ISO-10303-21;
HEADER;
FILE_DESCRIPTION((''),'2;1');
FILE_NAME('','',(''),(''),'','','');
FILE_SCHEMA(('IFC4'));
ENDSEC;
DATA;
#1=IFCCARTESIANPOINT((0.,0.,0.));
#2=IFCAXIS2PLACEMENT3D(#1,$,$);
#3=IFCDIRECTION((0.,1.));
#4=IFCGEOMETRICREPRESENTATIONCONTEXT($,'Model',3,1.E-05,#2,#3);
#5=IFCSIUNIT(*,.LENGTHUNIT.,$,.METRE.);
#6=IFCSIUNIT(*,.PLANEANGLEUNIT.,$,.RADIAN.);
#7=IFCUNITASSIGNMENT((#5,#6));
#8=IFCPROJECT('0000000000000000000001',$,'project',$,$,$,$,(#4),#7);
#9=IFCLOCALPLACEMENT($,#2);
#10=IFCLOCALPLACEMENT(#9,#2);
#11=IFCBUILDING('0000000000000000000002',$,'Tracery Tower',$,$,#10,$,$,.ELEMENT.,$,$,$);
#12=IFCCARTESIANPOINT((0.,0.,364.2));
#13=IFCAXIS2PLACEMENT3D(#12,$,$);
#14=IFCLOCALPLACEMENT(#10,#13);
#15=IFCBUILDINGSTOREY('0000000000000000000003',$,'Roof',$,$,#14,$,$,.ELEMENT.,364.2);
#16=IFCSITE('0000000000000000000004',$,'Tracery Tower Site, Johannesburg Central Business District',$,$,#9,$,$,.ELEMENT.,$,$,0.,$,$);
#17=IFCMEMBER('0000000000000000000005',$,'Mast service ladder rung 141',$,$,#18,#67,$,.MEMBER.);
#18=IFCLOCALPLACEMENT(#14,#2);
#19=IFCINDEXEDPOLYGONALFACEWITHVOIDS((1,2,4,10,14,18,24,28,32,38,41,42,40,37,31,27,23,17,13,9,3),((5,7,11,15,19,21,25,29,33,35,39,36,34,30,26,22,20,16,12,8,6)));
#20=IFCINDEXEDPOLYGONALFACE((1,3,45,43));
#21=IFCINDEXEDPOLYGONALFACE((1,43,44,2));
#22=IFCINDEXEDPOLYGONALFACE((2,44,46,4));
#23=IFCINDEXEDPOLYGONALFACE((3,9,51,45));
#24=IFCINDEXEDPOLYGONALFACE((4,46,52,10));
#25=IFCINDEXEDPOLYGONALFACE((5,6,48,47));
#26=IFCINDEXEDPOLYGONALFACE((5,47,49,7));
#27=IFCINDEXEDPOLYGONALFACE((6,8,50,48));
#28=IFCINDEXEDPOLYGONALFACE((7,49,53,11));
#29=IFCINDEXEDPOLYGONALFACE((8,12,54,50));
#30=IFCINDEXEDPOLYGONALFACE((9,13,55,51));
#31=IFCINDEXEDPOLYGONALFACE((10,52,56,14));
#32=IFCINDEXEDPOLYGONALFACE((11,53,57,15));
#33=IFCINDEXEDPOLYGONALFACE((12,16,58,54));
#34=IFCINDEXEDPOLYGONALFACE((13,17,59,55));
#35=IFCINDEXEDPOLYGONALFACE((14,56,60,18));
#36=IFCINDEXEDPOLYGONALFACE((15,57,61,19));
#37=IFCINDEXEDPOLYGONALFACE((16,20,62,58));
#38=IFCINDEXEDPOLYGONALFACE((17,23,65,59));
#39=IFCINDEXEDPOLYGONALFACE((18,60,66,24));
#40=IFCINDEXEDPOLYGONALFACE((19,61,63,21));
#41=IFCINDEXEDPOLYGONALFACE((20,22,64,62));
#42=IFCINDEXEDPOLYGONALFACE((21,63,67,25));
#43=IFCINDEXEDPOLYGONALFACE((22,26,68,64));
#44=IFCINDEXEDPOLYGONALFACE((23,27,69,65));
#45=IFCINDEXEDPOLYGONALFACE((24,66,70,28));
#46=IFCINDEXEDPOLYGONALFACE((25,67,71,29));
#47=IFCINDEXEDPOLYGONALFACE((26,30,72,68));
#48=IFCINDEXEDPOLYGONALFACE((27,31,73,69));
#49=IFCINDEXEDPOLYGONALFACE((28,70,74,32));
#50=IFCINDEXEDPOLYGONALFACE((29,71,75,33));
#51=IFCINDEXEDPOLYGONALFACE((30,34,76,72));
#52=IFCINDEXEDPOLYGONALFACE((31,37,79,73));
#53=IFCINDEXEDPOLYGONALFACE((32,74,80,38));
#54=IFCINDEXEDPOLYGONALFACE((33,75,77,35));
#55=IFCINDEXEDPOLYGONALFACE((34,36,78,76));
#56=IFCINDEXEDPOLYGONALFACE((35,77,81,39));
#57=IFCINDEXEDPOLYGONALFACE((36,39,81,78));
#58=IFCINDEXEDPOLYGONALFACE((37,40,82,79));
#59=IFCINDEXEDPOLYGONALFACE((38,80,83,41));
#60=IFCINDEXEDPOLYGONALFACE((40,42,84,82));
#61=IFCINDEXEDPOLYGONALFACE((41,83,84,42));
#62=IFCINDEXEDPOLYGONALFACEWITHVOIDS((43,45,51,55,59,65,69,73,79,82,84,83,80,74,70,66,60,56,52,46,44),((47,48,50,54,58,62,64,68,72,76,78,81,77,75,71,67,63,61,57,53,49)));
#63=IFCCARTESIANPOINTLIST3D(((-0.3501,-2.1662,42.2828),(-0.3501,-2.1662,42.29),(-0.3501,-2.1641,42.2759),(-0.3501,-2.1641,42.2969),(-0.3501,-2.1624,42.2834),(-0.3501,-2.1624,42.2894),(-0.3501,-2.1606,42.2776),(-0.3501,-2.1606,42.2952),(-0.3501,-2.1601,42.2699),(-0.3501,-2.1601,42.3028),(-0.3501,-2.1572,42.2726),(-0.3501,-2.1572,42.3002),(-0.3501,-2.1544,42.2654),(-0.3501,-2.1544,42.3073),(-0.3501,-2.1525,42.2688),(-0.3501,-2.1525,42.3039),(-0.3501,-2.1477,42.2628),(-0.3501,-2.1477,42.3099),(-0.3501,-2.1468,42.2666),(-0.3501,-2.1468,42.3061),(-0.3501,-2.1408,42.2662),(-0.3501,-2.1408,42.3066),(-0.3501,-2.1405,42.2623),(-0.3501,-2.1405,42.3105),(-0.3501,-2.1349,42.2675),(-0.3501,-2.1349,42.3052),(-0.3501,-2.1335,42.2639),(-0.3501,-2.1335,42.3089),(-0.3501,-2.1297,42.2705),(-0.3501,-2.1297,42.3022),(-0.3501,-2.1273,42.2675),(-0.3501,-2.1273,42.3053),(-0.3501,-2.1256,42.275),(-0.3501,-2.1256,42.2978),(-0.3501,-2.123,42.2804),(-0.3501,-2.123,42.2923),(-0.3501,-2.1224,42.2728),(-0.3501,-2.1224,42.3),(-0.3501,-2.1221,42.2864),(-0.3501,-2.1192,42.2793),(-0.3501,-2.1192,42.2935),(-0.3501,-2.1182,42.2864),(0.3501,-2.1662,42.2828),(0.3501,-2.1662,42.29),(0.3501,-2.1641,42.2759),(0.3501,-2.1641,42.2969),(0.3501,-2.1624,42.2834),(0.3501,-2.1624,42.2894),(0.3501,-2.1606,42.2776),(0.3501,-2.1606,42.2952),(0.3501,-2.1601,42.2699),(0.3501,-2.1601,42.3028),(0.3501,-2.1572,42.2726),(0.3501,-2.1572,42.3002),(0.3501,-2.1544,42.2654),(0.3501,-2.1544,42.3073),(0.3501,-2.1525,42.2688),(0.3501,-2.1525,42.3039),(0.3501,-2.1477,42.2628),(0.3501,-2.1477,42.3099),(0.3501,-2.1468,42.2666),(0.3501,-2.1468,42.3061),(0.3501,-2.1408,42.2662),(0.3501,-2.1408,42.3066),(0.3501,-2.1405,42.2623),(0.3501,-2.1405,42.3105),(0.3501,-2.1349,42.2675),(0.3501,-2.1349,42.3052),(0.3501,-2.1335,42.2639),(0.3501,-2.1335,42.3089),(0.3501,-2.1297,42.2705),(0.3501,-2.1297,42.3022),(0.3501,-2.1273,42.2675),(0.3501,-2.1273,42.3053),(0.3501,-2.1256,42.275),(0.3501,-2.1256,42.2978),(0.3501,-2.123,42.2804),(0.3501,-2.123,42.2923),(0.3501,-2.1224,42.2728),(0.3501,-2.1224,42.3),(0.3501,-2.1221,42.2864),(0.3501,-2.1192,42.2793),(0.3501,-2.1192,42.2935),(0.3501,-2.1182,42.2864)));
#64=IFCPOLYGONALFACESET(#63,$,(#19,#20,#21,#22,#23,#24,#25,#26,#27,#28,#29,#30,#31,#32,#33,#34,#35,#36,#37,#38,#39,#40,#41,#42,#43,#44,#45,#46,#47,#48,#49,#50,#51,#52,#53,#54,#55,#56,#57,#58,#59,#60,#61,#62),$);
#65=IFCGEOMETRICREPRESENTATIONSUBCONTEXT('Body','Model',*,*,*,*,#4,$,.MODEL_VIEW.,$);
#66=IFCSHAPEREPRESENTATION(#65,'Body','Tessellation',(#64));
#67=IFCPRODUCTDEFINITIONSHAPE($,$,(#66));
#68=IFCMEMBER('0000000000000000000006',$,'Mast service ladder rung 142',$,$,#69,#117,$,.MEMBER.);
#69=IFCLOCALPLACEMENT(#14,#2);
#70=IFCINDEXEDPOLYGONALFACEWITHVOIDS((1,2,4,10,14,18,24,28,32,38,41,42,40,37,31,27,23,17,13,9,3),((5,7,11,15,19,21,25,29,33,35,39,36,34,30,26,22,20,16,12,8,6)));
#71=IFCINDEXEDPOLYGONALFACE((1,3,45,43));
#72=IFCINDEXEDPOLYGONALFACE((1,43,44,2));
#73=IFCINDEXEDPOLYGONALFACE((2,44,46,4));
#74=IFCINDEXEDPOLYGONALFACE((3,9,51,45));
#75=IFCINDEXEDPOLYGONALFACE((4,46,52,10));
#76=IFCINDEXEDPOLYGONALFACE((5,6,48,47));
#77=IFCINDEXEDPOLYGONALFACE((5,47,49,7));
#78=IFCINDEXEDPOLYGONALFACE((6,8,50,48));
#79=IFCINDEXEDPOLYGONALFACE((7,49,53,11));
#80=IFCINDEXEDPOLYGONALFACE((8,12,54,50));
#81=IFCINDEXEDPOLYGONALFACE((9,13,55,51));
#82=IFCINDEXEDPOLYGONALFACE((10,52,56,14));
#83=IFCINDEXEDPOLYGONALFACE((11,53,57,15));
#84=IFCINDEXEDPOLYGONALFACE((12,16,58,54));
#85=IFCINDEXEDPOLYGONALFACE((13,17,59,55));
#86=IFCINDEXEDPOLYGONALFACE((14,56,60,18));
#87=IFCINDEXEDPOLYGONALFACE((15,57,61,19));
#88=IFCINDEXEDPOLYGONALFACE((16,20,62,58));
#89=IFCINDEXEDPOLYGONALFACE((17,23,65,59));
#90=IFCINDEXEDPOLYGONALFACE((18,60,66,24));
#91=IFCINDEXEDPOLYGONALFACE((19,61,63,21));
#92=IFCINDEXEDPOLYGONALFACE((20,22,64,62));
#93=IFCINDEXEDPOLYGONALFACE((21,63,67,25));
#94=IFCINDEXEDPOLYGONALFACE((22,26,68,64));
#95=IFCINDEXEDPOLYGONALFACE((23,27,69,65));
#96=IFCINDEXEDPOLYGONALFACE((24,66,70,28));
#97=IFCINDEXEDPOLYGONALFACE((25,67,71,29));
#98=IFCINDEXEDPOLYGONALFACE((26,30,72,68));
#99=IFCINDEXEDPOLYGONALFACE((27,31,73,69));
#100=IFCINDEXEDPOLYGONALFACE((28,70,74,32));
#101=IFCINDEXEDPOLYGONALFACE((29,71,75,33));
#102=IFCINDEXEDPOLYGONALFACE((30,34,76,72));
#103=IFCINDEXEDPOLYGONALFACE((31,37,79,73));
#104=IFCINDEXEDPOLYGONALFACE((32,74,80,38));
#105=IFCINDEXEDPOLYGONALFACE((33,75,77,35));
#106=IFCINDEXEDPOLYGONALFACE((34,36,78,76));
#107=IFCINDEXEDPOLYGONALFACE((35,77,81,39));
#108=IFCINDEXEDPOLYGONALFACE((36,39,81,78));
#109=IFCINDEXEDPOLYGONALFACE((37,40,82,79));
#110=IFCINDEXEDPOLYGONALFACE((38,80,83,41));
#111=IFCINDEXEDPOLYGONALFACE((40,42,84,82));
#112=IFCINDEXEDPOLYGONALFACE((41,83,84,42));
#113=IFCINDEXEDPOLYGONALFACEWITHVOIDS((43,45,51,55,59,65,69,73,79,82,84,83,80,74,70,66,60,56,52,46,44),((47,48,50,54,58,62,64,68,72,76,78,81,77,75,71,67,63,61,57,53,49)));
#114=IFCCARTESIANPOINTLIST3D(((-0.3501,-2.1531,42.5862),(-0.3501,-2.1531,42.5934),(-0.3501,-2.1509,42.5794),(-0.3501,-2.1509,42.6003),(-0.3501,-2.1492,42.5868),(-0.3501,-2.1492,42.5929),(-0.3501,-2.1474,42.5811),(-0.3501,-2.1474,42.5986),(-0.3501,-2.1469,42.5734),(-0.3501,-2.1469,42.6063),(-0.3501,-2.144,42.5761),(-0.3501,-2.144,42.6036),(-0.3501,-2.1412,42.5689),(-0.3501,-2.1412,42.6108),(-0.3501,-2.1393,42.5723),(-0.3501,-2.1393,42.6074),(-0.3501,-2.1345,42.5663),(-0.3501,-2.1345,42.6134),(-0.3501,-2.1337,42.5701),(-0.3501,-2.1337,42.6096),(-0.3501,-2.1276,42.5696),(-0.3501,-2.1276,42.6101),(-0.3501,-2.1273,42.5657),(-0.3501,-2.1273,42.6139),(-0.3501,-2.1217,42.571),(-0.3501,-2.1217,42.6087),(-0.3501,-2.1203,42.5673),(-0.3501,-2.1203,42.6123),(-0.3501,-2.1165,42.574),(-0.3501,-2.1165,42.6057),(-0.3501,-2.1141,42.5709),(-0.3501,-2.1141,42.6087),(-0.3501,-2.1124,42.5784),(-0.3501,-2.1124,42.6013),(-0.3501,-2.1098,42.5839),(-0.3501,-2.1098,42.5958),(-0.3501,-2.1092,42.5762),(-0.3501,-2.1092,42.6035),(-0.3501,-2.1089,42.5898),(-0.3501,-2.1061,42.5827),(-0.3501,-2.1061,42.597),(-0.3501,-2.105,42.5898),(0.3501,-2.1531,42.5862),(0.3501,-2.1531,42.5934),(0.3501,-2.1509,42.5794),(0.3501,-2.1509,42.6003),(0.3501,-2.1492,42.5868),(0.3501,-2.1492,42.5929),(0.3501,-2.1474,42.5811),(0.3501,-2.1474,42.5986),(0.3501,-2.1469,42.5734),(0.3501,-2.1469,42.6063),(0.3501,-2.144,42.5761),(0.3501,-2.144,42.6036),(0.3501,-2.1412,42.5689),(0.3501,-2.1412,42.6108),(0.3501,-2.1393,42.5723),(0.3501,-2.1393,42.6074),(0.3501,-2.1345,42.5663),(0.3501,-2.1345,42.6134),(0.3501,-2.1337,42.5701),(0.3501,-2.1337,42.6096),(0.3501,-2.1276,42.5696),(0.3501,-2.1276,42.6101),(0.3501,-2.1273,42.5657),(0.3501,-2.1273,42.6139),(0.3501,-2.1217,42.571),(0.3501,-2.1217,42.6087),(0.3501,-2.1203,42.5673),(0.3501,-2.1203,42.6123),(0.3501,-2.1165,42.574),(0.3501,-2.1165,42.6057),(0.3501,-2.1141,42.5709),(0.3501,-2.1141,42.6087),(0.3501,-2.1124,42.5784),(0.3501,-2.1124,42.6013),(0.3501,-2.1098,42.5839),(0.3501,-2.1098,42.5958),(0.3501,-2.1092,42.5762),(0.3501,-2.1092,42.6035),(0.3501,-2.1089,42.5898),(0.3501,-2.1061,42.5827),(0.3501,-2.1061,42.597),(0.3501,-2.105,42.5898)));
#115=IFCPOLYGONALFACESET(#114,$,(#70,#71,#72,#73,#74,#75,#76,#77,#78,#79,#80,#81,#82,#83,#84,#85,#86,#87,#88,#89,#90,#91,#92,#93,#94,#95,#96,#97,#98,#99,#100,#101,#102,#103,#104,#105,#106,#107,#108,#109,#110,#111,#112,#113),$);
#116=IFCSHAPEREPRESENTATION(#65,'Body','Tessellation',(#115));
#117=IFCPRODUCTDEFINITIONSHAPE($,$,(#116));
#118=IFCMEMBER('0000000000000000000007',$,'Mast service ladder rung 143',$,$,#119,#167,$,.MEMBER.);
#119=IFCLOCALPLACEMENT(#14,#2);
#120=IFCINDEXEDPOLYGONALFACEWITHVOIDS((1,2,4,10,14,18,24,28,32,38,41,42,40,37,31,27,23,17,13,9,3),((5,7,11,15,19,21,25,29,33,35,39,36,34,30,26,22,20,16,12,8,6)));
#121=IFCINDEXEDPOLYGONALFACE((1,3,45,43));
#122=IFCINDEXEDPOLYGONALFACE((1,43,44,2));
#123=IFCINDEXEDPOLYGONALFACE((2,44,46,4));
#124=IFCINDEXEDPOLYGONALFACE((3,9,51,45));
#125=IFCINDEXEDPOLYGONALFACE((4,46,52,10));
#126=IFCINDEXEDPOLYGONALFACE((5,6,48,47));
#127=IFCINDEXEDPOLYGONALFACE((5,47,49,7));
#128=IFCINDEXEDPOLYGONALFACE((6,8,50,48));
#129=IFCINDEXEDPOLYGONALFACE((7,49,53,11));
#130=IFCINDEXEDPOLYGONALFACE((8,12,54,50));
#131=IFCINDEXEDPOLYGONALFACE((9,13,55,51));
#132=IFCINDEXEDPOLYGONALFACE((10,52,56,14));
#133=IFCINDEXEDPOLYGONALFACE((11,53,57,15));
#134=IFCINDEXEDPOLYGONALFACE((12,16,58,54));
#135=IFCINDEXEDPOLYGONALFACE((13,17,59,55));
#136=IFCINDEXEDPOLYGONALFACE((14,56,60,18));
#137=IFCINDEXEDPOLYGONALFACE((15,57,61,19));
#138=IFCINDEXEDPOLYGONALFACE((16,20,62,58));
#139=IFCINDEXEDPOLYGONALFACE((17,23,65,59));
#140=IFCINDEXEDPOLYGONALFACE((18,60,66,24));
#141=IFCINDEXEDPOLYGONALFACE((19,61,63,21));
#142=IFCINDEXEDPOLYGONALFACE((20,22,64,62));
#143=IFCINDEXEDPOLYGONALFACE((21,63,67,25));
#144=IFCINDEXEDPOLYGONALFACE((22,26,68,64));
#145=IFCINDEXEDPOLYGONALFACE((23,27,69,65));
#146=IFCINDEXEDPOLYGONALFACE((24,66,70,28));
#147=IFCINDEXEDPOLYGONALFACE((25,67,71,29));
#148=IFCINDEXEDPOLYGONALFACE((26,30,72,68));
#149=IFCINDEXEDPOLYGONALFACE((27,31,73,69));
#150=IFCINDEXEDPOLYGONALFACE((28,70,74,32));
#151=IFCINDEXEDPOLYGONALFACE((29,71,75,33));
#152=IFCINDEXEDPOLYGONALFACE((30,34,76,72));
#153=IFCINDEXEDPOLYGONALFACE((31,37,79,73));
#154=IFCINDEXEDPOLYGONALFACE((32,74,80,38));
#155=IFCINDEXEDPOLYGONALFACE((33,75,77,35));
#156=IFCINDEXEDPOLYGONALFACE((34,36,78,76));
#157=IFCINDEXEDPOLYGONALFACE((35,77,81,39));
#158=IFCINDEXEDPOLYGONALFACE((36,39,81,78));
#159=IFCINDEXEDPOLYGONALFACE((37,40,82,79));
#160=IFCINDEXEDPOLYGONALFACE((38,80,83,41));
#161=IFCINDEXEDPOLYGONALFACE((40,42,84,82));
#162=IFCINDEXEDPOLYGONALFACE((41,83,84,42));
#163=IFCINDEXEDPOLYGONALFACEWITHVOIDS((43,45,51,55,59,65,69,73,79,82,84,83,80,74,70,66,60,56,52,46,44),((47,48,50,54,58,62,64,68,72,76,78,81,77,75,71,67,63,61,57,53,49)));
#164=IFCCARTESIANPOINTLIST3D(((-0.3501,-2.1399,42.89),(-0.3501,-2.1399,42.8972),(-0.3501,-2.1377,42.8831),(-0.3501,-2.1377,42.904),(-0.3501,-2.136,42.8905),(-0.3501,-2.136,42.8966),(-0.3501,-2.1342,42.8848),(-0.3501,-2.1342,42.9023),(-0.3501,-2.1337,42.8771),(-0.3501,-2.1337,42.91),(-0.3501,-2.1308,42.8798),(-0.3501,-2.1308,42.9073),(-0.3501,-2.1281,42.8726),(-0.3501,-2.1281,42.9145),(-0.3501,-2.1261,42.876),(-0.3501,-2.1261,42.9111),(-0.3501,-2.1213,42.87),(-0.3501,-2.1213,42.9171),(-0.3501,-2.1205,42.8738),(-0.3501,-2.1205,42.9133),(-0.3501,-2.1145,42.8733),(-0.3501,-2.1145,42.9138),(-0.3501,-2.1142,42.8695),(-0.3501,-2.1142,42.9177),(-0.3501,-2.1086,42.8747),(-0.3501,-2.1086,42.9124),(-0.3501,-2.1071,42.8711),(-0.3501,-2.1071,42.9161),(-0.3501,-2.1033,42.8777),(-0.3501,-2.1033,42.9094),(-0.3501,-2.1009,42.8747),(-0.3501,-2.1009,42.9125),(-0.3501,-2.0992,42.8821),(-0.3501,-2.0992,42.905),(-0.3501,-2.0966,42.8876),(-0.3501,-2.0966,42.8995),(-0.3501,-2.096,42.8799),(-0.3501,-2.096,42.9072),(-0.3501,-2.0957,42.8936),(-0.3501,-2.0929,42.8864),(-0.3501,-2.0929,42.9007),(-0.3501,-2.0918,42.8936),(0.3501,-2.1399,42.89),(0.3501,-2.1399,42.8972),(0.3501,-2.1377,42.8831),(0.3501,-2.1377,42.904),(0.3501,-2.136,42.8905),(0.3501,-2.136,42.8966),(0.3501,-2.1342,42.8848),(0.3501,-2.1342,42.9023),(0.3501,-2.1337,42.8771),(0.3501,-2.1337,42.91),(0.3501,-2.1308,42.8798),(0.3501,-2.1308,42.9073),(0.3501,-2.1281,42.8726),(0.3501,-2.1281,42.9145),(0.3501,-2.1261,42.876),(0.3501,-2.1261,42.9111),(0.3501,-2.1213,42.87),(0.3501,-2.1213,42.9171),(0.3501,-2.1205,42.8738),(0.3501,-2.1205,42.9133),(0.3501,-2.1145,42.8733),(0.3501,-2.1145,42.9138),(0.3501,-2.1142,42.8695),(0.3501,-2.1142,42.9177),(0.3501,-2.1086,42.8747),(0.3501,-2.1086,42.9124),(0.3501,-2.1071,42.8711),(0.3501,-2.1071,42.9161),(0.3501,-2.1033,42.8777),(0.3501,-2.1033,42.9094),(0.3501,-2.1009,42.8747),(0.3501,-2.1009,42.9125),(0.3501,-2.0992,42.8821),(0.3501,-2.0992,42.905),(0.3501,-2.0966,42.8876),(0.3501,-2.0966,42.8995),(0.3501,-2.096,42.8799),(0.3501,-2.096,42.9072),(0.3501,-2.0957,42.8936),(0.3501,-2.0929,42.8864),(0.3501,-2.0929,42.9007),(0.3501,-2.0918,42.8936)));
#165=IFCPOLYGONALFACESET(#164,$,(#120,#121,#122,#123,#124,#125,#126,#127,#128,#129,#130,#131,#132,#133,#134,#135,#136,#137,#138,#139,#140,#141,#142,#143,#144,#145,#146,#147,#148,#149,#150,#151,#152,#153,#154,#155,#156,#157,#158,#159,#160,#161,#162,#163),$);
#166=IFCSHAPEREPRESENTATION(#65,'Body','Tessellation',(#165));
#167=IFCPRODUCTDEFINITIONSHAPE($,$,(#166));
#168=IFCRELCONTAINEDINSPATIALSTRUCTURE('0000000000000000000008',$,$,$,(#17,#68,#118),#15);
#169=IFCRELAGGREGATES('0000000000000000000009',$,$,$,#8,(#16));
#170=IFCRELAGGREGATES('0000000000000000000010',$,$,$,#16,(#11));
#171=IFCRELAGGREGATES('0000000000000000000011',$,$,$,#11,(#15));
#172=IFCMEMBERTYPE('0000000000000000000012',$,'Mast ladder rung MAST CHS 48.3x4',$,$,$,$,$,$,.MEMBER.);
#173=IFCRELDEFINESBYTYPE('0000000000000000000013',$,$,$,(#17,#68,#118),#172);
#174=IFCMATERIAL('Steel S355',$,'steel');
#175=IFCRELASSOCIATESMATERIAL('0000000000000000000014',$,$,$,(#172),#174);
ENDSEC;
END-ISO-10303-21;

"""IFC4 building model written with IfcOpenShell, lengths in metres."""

from ifc_helpers import new_model, si_unit, direction, frame, origin, origin_2d, place, context, subcontext, project, spatial, hollow_circle, extrude, material, material_profile, profile_set, type_object, element, save


model = new_model("IFC4")

# Units and contexts
model_context = context("Model", 3, precision=1e-05, world=origin(), true_north=direction((0.0, 1.0)))
body_context = subcontext(model_context, "Body", "Model", "MODEL_VIEW")
ifc_project = project(units=[si_unit("LENGTHUNIT", "METRE"), si_unit("PLANEANGLEUNIT", "RADIAN")], contexts=[model_context])

# Site, building, storey
site_placement = place(None, origin())
site = spatial("IfcSite", under=ifc_project, at=site_placement, Name="Tracery Tower Site, Johannesburg Central Business District", CompositionType="ELEMENT", RefElevation=0.0)
building_placement = place(site_placement, origin())
building = spatial("IfcBuilding", under=site, at=building_placement, Name="Tracery Tower", CompositionType="ELEMENT")
storey_placement = place(building_placement, frame((0.0, 0.0, 364.2)))
storey = spatial("IfcBuildingStorey", under=building, at=storey_placement, Name="Roof", CompositionType="ELEMENT", Elevation=364.2)

# Members
ifc_material_1 = material(Name="Steel S355", Category="steel")
ifc_material_profile_1 = material_profile(ifc_material_1, hollow_circle(Radius=0.0242, WallThickness=0.0039, at=origin_2d()), Name="CHS 48.3x4")
ifc_profile_set_1 = profile_set([ifc_material_profile_1], Name="Steel S355")
member_type_1 = type_object("IfcMemberType", Name="Mast ladder rung MAST CHS 48.3x4", PredefinedType="MEMBER", material=ifc_profile_set_1)
for number, where, z_axis, x_axis, name in (
    (1, (-0.3501, -2.1423, 42.2864), (1.0, 0.0, 0.0), (0.0, 1.0, 0.0), "Mast service ladder rung 141"),
    (2, (-0.3501, -2.1292, 42.5898), (1.0, 0.0, 0.0), (0.0, 1.0, 0.0), "Mast service ladder rung 142"),
    (3, (-0.3501, -2.116, 42.8936), (1.0, 0.0, 0.0), (0.0, 1.0, 0.0), "Mast service ladder rung 143"),
):
    element("IfcMember", number, at=place(storey_placement, frame(where, z_axis=z_axis, x_axis=x_axis)), inside=storey, type_object=member_type_1, Name=name, PredefinedType="MEMBER", context=body_context, shape_type="SweptSolid", body=[
        extrude(hollow_circle(Radius=0.0242, WallThickness=0.0039, at=origin_2d()), origin(), (0.0, 0.0, 1.0), 0.7002),
    ])

save(model, "model.ifc")
